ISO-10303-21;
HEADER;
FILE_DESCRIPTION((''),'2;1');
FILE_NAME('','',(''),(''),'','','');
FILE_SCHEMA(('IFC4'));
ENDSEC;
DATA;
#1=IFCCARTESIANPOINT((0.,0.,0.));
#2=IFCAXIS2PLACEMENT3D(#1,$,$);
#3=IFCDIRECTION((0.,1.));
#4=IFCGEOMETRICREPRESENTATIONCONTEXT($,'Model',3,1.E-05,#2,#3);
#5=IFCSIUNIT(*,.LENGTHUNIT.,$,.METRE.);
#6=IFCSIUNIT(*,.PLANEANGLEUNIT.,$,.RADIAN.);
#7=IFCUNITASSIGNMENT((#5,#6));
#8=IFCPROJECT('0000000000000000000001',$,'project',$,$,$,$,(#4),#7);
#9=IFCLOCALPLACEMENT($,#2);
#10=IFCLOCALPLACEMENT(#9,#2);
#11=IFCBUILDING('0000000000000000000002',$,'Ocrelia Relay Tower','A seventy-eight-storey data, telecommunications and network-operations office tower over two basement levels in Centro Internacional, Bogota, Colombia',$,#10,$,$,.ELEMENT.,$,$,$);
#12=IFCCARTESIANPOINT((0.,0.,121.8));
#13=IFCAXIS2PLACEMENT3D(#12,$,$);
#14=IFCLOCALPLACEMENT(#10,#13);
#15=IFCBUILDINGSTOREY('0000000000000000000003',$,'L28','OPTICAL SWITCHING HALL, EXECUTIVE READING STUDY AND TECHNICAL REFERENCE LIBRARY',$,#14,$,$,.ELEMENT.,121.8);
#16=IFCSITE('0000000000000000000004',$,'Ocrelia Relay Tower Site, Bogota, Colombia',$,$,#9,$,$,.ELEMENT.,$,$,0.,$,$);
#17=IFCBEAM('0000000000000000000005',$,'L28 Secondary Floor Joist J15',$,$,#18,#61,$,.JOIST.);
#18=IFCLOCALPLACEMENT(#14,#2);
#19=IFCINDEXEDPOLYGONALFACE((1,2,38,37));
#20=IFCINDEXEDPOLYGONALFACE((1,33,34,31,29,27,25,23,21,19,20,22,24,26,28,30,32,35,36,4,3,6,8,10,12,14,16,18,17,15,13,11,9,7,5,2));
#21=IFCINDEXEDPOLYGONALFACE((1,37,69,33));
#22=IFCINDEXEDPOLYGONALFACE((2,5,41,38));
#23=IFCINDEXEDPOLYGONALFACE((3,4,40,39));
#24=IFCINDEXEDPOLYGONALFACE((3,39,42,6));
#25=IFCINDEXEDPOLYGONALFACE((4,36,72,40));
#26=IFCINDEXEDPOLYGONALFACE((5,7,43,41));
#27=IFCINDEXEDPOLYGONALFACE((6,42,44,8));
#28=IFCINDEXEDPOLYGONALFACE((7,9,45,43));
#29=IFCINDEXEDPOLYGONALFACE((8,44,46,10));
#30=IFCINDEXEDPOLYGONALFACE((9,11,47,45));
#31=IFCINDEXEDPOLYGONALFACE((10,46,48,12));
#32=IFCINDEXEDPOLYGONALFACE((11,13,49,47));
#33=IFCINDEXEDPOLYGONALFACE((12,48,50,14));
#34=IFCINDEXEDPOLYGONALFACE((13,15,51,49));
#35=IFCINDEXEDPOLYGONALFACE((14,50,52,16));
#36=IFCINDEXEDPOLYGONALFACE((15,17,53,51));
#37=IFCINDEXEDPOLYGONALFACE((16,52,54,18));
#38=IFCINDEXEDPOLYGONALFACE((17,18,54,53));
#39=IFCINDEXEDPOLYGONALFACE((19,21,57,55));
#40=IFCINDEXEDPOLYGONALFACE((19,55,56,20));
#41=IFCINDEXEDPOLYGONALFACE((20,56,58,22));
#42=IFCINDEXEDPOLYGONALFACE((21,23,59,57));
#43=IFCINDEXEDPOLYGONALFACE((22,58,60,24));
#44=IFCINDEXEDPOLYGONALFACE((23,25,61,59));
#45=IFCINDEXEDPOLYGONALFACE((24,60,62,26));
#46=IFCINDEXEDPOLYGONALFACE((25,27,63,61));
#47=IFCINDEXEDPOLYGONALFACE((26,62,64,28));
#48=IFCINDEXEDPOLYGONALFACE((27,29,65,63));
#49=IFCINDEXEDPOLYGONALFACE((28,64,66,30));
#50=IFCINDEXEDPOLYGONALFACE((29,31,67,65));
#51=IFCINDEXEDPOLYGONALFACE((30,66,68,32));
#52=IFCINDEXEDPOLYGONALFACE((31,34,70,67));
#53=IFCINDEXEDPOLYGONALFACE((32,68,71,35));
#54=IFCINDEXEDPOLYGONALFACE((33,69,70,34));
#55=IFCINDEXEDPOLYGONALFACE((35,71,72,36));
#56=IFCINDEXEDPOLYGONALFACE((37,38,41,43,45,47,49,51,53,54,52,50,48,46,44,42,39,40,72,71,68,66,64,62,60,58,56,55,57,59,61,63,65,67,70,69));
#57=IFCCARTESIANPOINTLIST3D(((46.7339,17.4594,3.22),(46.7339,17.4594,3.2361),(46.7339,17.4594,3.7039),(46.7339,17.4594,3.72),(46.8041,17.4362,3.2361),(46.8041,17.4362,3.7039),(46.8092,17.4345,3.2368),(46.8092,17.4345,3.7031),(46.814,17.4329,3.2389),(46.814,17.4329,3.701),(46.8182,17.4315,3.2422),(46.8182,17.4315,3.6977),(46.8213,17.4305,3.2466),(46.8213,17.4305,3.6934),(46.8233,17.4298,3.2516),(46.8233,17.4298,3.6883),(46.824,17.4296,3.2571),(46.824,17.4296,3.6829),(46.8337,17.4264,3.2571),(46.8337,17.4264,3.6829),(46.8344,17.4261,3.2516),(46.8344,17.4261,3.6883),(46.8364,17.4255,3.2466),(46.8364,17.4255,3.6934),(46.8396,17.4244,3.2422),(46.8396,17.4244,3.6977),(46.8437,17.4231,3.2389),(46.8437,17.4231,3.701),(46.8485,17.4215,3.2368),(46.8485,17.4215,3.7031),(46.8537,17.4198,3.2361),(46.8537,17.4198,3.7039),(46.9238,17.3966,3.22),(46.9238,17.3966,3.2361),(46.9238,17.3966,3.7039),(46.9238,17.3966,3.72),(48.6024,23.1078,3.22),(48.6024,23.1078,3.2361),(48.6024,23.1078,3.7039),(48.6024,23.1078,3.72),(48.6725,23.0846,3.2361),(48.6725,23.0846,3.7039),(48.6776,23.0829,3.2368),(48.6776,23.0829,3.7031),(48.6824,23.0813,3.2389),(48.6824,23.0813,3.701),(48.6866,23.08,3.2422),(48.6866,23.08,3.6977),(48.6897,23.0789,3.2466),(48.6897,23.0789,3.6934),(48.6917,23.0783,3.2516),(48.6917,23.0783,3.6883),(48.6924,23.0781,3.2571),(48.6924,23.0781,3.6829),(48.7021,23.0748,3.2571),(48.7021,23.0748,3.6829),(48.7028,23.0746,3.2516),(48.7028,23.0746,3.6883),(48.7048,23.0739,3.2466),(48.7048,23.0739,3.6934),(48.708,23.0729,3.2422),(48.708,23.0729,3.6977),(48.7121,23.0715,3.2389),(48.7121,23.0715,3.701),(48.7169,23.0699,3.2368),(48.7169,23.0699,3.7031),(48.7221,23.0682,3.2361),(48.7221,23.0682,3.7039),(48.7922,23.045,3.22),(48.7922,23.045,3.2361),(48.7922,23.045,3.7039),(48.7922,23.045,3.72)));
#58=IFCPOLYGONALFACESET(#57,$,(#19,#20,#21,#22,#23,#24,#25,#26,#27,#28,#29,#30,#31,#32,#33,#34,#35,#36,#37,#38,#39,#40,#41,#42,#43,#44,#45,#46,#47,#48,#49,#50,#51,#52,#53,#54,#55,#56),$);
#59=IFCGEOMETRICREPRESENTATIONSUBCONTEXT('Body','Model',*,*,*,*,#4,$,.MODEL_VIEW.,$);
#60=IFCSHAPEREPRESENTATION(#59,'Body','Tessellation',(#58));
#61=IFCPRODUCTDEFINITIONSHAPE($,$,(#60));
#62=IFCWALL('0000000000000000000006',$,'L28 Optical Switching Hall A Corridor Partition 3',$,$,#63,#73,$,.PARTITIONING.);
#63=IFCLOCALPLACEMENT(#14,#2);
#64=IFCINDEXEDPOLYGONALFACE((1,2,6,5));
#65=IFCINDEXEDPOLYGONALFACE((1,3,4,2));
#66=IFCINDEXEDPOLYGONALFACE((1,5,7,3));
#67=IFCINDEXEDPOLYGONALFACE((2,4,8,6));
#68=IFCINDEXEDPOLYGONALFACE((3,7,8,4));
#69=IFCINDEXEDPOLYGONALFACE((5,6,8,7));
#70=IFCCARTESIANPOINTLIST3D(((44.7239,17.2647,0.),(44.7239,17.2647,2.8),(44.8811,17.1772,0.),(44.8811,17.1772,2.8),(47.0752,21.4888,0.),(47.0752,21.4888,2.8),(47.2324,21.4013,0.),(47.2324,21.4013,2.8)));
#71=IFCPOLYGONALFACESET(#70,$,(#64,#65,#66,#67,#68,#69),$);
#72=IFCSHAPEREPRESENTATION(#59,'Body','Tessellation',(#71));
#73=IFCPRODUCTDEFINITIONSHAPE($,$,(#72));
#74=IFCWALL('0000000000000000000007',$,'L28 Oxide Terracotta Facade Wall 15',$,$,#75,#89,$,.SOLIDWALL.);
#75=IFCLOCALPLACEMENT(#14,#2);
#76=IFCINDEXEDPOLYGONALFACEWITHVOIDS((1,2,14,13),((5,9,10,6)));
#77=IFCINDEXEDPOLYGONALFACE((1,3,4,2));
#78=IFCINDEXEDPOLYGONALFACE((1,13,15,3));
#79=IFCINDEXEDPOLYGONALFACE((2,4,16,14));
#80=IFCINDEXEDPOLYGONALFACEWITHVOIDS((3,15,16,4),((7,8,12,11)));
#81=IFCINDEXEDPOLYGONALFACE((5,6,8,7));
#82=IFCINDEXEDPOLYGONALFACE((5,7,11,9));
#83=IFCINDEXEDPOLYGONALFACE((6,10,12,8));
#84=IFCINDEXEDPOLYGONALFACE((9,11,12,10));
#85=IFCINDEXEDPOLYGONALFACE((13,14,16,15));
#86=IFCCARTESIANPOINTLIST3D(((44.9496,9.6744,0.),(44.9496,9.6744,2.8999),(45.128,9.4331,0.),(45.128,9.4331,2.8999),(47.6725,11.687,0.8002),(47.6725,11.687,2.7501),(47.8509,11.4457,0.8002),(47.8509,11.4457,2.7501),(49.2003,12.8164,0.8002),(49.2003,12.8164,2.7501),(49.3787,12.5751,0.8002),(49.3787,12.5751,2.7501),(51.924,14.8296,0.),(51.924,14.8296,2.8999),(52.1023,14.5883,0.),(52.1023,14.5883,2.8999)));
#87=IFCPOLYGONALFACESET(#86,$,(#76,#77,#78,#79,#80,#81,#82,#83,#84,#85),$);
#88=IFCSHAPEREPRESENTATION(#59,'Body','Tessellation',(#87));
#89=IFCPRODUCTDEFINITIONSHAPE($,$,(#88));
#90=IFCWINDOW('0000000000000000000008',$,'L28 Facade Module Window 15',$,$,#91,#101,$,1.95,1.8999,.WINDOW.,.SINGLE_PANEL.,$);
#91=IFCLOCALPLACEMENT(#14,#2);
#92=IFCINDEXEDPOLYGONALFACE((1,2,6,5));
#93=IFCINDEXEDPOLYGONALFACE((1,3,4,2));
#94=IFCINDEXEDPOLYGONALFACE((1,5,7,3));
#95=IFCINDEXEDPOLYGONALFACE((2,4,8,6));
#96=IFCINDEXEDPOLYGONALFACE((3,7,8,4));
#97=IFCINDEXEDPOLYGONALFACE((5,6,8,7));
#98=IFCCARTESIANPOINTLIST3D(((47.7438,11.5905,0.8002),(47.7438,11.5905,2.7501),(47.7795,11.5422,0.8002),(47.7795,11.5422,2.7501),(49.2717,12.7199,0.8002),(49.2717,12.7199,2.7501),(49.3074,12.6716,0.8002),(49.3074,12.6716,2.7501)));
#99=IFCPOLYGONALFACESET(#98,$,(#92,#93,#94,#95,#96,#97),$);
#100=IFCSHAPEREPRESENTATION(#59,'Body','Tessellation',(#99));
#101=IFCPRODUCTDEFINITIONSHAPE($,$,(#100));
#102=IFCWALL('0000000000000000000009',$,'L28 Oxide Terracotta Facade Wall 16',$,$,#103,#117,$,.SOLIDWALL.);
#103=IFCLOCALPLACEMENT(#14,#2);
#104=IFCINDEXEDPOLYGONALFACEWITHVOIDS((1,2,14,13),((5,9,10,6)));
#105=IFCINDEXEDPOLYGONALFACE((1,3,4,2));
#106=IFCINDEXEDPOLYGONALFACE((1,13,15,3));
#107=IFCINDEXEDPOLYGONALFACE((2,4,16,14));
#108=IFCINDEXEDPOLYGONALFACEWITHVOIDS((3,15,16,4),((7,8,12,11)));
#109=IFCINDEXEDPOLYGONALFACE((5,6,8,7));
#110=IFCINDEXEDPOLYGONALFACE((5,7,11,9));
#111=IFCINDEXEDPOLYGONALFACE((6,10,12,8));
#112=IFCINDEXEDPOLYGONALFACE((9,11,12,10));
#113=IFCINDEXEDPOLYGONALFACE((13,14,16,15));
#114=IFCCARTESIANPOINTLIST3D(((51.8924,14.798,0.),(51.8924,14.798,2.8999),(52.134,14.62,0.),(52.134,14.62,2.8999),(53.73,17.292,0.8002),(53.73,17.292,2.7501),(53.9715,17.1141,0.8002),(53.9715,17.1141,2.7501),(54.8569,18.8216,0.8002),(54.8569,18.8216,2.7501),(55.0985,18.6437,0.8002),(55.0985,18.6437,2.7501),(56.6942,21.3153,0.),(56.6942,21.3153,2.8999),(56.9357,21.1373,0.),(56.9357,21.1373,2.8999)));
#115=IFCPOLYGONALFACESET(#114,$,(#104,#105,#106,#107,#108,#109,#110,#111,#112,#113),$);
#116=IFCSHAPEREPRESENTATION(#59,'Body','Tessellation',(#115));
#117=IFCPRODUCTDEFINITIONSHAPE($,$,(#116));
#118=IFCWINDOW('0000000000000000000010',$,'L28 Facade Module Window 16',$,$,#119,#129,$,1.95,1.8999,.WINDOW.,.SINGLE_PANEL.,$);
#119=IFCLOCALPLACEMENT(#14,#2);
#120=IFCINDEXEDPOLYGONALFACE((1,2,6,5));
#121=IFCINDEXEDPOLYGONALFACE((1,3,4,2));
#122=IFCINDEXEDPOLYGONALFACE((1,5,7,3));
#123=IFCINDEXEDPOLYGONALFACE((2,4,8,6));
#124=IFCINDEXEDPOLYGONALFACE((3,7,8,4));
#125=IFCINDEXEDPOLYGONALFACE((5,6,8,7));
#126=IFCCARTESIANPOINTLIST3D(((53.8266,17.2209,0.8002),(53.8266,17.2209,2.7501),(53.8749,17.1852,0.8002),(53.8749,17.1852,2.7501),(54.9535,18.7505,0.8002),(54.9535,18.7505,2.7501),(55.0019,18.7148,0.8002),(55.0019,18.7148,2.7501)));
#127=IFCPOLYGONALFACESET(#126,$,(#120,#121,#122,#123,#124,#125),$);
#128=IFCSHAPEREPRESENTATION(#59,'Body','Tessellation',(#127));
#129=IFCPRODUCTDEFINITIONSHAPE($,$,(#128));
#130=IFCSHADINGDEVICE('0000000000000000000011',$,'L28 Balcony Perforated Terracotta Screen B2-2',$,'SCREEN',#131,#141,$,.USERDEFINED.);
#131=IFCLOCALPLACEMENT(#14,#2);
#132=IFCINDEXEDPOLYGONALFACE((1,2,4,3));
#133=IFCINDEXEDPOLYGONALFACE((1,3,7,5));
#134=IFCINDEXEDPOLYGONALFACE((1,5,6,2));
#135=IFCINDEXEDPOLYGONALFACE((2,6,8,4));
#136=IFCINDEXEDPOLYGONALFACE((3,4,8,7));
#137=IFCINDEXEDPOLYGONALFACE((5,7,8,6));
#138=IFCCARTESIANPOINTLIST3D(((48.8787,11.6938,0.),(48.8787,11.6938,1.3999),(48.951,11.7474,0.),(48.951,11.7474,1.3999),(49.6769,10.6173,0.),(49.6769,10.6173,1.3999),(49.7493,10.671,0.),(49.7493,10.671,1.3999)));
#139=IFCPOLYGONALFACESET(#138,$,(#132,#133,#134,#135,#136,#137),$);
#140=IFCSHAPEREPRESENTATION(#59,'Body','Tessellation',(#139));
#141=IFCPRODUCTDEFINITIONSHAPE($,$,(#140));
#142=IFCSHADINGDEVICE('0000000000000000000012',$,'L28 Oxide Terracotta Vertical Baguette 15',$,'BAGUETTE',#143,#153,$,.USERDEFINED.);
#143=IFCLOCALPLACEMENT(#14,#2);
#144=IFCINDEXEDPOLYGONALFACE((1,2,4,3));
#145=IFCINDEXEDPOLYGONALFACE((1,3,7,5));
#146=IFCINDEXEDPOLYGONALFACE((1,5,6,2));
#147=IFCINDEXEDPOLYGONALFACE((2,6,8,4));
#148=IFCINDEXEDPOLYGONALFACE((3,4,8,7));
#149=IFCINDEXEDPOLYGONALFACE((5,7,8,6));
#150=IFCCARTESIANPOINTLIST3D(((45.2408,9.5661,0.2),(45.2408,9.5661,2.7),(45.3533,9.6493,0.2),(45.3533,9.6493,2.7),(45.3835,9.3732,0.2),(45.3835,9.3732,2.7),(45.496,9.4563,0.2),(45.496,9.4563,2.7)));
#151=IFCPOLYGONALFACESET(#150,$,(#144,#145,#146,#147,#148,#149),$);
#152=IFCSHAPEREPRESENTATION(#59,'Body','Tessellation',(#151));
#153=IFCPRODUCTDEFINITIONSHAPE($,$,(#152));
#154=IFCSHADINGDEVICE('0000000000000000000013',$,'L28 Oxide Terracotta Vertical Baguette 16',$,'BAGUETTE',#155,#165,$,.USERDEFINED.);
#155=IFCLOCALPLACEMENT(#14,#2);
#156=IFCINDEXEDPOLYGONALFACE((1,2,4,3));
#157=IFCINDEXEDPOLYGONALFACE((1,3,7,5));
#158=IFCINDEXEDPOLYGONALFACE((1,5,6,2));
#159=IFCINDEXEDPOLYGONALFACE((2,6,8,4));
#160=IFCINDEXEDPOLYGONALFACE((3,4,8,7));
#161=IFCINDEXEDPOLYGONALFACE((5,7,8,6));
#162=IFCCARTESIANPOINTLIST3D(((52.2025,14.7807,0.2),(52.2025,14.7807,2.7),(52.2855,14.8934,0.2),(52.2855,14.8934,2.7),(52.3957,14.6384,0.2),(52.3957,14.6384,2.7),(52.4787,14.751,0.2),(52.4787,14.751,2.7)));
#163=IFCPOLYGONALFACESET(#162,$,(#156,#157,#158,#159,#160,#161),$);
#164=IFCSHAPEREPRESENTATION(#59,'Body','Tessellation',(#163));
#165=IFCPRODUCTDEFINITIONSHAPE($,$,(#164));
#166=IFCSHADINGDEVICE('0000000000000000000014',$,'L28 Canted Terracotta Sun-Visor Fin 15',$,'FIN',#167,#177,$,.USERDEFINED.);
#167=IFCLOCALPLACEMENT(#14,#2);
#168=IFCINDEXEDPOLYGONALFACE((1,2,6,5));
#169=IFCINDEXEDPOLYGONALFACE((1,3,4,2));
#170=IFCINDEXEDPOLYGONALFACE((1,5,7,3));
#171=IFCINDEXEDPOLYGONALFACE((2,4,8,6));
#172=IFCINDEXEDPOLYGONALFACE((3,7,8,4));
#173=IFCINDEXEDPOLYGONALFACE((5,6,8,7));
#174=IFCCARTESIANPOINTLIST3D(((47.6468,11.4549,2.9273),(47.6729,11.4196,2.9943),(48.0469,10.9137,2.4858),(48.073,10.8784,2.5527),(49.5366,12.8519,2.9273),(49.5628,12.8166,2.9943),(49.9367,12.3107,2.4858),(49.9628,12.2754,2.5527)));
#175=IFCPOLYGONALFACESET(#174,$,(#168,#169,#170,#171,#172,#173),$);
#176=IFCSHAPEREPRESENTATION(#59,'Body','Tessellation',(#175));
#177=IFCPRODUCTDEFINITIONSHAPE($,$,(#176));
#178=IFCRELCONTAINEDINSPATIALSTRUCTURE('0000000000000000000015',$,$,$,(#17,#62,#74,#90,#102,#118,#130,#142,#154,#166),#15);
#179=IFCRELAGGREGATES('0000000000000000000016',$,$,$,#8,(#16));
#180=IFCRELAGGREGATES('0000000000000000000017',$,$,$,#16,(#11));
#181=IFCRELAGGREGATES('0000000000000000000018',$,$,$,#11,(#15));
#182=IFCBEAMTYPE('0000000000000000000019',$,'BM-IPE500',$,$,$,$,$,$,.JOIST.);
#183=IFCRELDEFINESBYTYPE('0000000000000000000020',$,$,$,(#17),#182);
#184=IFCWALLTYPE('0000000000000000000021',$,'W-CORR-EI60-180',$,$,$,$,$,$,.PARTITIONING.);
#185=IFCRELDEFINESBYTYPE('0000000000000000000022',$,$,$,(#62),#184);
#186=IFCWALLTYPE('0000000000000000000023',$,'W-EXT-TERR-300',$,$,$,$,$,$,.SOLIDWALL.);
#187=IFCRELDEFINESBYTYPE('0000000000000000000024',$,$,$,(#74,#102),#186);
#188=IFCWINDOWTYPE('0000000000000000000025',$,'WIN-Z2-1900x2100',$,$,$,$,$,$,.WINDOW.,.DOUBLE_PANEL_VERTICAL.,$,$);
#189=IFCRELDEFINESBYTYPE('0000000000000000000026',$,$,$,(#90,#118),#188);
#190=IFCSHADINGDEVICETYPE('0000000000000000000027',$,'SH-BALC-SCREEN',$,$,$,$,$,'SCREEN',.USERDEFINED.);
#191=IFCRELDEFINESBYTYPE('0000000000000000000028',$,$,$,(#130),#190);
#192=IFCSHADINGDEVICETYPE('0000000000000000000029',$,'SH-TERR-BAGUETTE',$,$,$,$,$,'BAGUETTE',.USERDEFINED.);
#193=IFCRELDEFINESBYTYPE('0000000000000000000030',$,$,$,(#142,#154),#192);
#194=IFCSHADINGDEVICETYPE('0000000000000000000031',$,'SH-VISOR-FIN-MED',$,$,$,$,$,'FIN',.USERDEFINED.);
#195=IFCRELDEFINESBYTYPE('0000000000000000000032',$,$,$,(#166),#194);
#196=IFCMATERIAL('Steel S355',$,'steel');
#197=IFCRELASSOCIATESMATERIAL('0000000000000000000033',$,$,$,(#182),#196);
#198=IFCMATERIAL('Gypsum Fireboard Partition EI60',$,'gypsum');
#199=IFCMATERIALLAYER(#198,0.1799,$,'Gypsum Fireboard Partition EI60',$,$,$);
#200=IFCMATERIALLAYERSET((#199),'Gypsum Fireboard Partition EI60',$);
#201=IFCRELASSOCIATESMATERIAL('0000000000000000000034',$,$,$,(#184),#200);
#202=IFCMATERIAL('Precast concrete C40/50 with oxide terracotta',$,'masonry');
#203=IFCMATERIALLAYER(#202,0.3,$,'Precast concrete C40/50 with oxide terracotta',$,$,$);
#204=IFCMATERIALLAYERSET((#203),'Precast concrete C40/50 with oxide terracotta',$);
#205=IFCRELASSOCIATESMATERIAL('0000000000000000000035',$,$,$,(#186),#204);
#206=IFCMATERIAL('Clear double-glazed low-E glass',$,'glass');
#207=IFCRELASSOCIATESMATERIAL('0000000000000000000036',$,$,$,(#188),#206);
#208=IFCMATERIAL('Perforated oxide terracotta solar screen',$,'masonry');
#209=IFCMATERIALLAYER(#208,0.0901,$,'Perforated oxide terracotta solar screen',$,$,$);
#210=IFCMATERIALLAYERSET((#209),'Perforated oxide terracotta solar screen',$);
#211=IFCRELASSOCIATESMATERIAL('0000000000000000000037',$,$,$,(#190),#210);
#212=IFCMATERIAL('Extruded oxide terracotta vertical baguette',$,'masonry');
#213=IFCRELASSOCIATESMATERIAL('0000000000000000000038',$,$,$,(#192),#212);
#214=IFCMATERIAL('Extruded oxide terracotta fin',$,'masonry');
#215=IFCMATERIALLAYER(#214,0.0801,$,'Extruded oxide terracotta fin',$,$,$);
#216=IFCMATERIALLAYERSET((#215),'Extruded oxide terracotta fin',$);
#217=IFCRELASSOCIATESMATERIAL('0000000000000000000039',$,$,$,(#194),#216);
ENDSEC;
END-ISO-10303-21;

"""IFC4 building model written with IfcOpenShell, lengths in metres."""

from ifc_helpers import new_model, si_unit, direction, frame, frame_2d, origin, origin_2d, place, context, subcontext, project, spatial, rectangle, i_section, extrude, material, layer, layer_set, material_profile, profile_set, type_object, element, fill, save


model = new_model("IFC4")

# Units and contexts
model_context = context("Model", 3, precision=1e-05, world=origin(), true_north=direction((0.0, 1.0)))
body_context = subcontext(model_context, "Body", "Model", "MODEL_VIEW")
ifc_project = project(units=[si_unit("LENGTHUNIT", "METRE"), si_unit("PLANEANGLEUNIT", "RADIAN")], contexts=[model_context])

# Site, building, storey
site_placement = place(None, origin())
site = spatial("IfcSite", under=ifc_project, at=site_placement, Name="Ocrelia Relay Tower Site, Bogota, Colombia", CompositionType="ELEMENT", RefElevation=0.0)
building_placement = place(site_placement, origin())
building = spatial("IfcBuilding", under=site, at=building_placement, Name="Ocrelia Relay Tower", Description="A seventy-eight-storey data, telecommunications and network-operations office tower over two basement levels in Centro Internacional, Bogota, Colombia", CompositionType="ELEMENT")
storey_placement = place(building_placement, frame((0.0, 0.0, 121.8)))
storey = spatial("IfcBuildingStorey", under=building, at=storey_placement, Name="L28", Description="OPTICAL SWITCHING HALL, EXECUTIVE READING STUDY AND TECHNICAL REFERENCE LIBRARY", CompositionType="ELEMENT", Elevation=121.8)

# Beam
ifc_material_1 = material(Name="Steel S355", Category="steel")
ifc_material_profile_1 = material_profile(ifc_material_1, i_section(OverallWidth=0.2, OverallDepth=0.5, WebThickness=0.0103, FlangeThickness=0.0161, FilletRadius=0.021, at=origin_2d()), Name="IPE 500")
ifc_profile_set_1 = profile_set([ifc_material_profile_1], Name="Steel S355")
beam_type_1 = type_object("IfcBeamType", Name="BM-IPE500", PredefinedType="JOIST", material=ifc_profile_set_1)
beam_1_placement = place(storey_placement, frame((46.8289, 17.428, 3.47), z_axis=(0.314048, 0.949407, 0.0), x_axis=(-0.949407, 0.314048, 0.0)))
element("IfcBeam", 1, at=beam_1_placement, inside=storey, type_object=beam_type_1, Name="L28 Secondary Floor Joist J15", PredefinedType="JOIST", context=body_context, shape_type="SweptSolid", body=[
    extrude(i_section(OverallWidth=0.2, OverallDepth=0.5, WebThickness=0.0103, FlangeThickness=0.0161, FilletRadius=0.021, at=origin_2d()), origin(), (0.0, 0.0, 1.0), 5.9495),
])

# Wall
ifc_material_2 = material(Name="Gypsum Fireboard Partition EI60", Category="gypsum")
ifc_layer_1 = layer(ifc_material_2, 0.1799, Name="Gypsum Fireboard Partition EI60")
ifc_layer_set_1 = layer_set([ifc_layer_1], Name="Gypsum Fireboard Partition EI60")
wall_type_1 = type_object("IfcWallType", Name="W-CORR-EI60-180", PredefinedType="PARTITIONING", material=ifc_layer_set_1)
wall_1_placement = place(storey_placement, frame((44.8025, 17.2209, 0.0), z_axis=(0.0, 0.0, 1.0), x_axis=(0.486367, 0.873754, 0.0)))
element("IfcWall", 2, at=wall_1_placement, inside=storey, type_object=wall_type_1, Name="L28 Optical Switching Hall A Corridor Partition 3", PredefinedType="PARTITIONING", context=body_context, shape_type="SweptSolid", body=[
    extrude(rectangle(XDim=4.8345, YDim=0.1799, at=frame_2d((2.4172, 0.0))), origin(), (0.0, 0.0, 1.0), 2.8),
])

# Walls, openings, windows
ifc_material_3 = material(Name="Precast concrete C40/50 with oxide terracotta", Category="masonry")
ifc_layer_2 = layer(ifc_material_3, 0.3, Name="Precast concrete C40/50 with oxide terracotta")
ifc_layer_set_2 = layer_set([ifc_layer_2], Name="Precast concrete C40/50 with oxide terracotta")
wall_type_2 = type_object("IfcWallType", Name="W-EXT-TERR-300", PredefinedType="SOLIDWALL", material=ifc_layer_set_2)
wall_2_placement = place(storey_placement, frame((45.0388, 9.5537, 0.0), z_axis=(0.0, 0.0, 1.0), x_axis=(0.804159, 0.594414, 0.0)))
wall_2 = element("IfcWall", 3, at=wall_2_placement, inside=storey, type_object=wall_type_2, Name="L28 Oxide Terracotta Facade Wall 15", PredefinedType="SOLIDWALL", context=body_context, shape_type="SweptSolid", body=[
    extrude(rectangle(XDim=8.6729, YDim=0.3, at=frame_2d((4.3364, 0.0))), origin(), (0.0, 0.0, 1.0), 2.8999),
])
opening_1_placement = place(wall_2_placement, frame((3.386, 0.0, 0.8)))
opening_1 = element("IfcOpeningElement", 4, at=opening_1_placement, cuts=wall_2, PredefinedType="OPENING", context=body_context, shape_type="SweptSolid", body=[
    extrude(rectangle(XDim=1.8999, YDim=1.95, at=frame_2d((0.95, 0.9751))), frame((0.0, 0.1602, 0.0), z_axis=(0.0, -1.0, 0.0), x_axis=(1.0, 0.0, 0.0)), (0.0, 0.0, 1.0), 0.3201),
])
ifc_material_4 = material(Name="Clear double-glazed low-E glass", Category="glass")
window_type = type_object("IfcWindowType", Name="WIN-Z2-1900x2100", PartitioningType="DOUBLE_PANEL_VERTICAL", PredefinedType="WINDOW", material=ifc_material_4)
window_1_placement = place(opening_1_placement, origin())
window_1 = element("IfcWindow", 5, at=window_1_placement, inside=storey, type_object=window_type, Name="L28 Facade Module Window 15", OverallHeight=1.95, OverallWidth=1.8999, PartitioningType="SINGLE_PANEL", PredefinedType="WINDOW", context=body_context, shape_type="SweptSolid", body=[
    extrude(rectangle(XDim=1.8999, YDim=1.95, at=frame_2d((0.95, 0.9751))), frame((0.0, 0.03, 0.0), z_axis=(0.0, -1.0, 0.0), x_axis=(1.0, 0.0, 0.0)), (0.0, 0.0, 1.0), 0.0601),
])
fill(opening_1, window_1)
wall_3_placement = place(storey_placement, frame((52.0132, 14.709, 0.0), z_axis=(0.0, 0.0, 1.0), x_axis=(0.59316, 0.805085, 0.0)))
wall_3 = element("IfcWall", 6, at=wall_3_placement, inside=storey, type_object=wall_type_2, Name="L28 Oxide Terracotta Facade Wall 16", PredefinedType="SOLIDWALL", context=body_context, shape_type="SweptSolid", body=[
    extrude(rectangle(XDim=8.0952, YDim=0.3, at=frame_2d((4.0476, 0.0))), origin(), (0.0, 0.0, 1.0), 2.8999),
])
opening_2_placement = place(wall_3_placement, frame((3.0979, 0.0, 0.8)))
opening_2 = element("IfcOpeningElement", 7, at=opening_2_placement, cuts=wall_3, PredefinedType="OPENING", context=body_context, shape_type="SweptSolid", body=[
    extrude(rectangle(XDim=1.8999, YDim=1.95, at=frame_2d((0.95, 0.9751))), frame((0.0, 0.1602, 0.0), z_axis=(0.0, -1.0, 0.0), x_axis=(1.0, 0.0, 0.0)), (0.0, 0.0, 1.0), 0.3201),
])
window_2_placement = place(opening_2_placement, origin())
window_2 = element("IfcWindow", 8, at=window_2_placement, inside=storey, type_object=window_type, Name="L28 Facade Module Window 16", OverallHeight=1.95, OverallWidth=1.8999, PartitioningType="SINGLE_PANEL", PredefinedType="WINDOW", context=body_context, shape_type="SweptSolid", body=[
    extrude(rectangle(XDim=1.8999, YDim=1.95, at=frame_2d((0.95, 0.9751))), frame((0.0, 0.03, 0.0), z_axis=(0.0, -1.0, 0.0), x_axis=(1.0, 0.0, 0.0)), (0.0, 0.0, 1.0), 0.0601),
])
fill(opening_2, window_2)

# Shading devices
ifc_material_5 = material(Name="Perforated oxide terracotta solar screen", Category="masonry")
ifc_layer_3 = layer(ifc_material_5, 0.0901, Name="Perforated oxide terracotta solar screen")
ifc_layer_set_3 = layer_set([ifc_layer_3], Name="Perforated oxide terracotta solar screen")
shading_device_type_1 = type_object("IfcShadingDeviceType", Name="SH-BALC-SCREEN", ElementType="SCREEN", PredefinedType="USERDEFINED", material=ifc_layer_set_3)
shading_device_1_placement = place(storey_placement, frame((49.314, 11.1824, 0.0), z_axis=(0.0, 0.0, 1.0), x_axis=(0.595639, -0.803252, 0.0)))
element("IfcShadingDevice", 9, at=shading_device_1_placement, inside=storey, type_object=shading_device_type_1, Name="L28 Balcony Perforated Terracotta Screen B2-2", ObjectType="SCREEN", PredefinedType="USERDEFINED", context=body_context, shape_type="SweptSolid", body=[
    extrude(rectangle(XDim=1.3401, YDim=0.0901, at=origin_2d()), origin(), (0.0, 0.0, 1.0), 1.3999),
])
ifc_material_6 = material(Name="Extruded oxide terracotta vertical baguette", Category="masonry")
shading_device_type_2 = type_object("IfcShadingDeviceType", Name="SH-TERR-BAGUETTE", ElementType="BAGUETTE", PredefinedType="USERDEFINED", material=ifc_material_6)
for number, where, z_axis, x_axis, name in (
    (10, (45.3684, 9.5112, 0.2), (0.0, 0.0, 1.0), (0.804154, 0.594422, 0.0), "L28 Oxide Terracotta Vertical Baguette 15"),
    (11, (52.3406, 14.7659, 0.2), (0.0, 0.0, 1.0), (0.593171, 0.805076, 0.0), "L28 Oxide Terracotta Vertical Baguette 16"),
):
    element("IfcShadingDevice", number, at=place(storey_placement, frame(where, z_axis=z_axis, x_axis=x_axis)), inside=storey, type_object=shading_device_type_2, Name=name, ObjectType="BAGUETTE", PredefinedType="USERDEFINED", context=body_context, shape_type="SweptSolid", body=[
        extrude(rectangle(XDim=0.1399, YDim=0.24, at=origin_2d()), origin(), (0.0, 0.0, 1.0), 2.5),
    ])
ifc_material_7 = material(Name="Extruded oxide terracotta fin", Category="masonry")
ifc_layer_4 = layer(ifc_material_7, 0.0801, Name="Extruded oxide terracotta fin")
ifc_layer_set_4 = layer_set([ifc_layer_4], Name="Extruded oxide terracotta fin")
shading_device_type_3 = type_object("IfcShadingDeviceType", Name="SH-VISOR-FIN-MED", ElementType="FIN", PredefinedType="USERDEFINED", material=ifc_layer_set_4)
shading_device_2_placement = place(storey_placement, frame((48.7917, 11.8828, 2.7065), z_axis=(0.326091, -0.441147, 0.836095), x_axis=(0.804154, 0.594422, 0.0)))
element("IfcShadingDevice", 12, at=shading_device_2_placement, inside=storey, type_object=shading_device_type_3, Name="L28 Canted Terracotta Sun-Visor Fin 15", ObjectType="FIN", PredefinedType="USERDEFINED", context=body_context, shape_type="SweptSolid", body=[
    extrude(rectangle(XDim=2.3501, YDim=0.8049, at=origin_2d()), origin(), (0.0, 0.0, 1.0), 0.0801),
])

save(model, "model.ifc")
